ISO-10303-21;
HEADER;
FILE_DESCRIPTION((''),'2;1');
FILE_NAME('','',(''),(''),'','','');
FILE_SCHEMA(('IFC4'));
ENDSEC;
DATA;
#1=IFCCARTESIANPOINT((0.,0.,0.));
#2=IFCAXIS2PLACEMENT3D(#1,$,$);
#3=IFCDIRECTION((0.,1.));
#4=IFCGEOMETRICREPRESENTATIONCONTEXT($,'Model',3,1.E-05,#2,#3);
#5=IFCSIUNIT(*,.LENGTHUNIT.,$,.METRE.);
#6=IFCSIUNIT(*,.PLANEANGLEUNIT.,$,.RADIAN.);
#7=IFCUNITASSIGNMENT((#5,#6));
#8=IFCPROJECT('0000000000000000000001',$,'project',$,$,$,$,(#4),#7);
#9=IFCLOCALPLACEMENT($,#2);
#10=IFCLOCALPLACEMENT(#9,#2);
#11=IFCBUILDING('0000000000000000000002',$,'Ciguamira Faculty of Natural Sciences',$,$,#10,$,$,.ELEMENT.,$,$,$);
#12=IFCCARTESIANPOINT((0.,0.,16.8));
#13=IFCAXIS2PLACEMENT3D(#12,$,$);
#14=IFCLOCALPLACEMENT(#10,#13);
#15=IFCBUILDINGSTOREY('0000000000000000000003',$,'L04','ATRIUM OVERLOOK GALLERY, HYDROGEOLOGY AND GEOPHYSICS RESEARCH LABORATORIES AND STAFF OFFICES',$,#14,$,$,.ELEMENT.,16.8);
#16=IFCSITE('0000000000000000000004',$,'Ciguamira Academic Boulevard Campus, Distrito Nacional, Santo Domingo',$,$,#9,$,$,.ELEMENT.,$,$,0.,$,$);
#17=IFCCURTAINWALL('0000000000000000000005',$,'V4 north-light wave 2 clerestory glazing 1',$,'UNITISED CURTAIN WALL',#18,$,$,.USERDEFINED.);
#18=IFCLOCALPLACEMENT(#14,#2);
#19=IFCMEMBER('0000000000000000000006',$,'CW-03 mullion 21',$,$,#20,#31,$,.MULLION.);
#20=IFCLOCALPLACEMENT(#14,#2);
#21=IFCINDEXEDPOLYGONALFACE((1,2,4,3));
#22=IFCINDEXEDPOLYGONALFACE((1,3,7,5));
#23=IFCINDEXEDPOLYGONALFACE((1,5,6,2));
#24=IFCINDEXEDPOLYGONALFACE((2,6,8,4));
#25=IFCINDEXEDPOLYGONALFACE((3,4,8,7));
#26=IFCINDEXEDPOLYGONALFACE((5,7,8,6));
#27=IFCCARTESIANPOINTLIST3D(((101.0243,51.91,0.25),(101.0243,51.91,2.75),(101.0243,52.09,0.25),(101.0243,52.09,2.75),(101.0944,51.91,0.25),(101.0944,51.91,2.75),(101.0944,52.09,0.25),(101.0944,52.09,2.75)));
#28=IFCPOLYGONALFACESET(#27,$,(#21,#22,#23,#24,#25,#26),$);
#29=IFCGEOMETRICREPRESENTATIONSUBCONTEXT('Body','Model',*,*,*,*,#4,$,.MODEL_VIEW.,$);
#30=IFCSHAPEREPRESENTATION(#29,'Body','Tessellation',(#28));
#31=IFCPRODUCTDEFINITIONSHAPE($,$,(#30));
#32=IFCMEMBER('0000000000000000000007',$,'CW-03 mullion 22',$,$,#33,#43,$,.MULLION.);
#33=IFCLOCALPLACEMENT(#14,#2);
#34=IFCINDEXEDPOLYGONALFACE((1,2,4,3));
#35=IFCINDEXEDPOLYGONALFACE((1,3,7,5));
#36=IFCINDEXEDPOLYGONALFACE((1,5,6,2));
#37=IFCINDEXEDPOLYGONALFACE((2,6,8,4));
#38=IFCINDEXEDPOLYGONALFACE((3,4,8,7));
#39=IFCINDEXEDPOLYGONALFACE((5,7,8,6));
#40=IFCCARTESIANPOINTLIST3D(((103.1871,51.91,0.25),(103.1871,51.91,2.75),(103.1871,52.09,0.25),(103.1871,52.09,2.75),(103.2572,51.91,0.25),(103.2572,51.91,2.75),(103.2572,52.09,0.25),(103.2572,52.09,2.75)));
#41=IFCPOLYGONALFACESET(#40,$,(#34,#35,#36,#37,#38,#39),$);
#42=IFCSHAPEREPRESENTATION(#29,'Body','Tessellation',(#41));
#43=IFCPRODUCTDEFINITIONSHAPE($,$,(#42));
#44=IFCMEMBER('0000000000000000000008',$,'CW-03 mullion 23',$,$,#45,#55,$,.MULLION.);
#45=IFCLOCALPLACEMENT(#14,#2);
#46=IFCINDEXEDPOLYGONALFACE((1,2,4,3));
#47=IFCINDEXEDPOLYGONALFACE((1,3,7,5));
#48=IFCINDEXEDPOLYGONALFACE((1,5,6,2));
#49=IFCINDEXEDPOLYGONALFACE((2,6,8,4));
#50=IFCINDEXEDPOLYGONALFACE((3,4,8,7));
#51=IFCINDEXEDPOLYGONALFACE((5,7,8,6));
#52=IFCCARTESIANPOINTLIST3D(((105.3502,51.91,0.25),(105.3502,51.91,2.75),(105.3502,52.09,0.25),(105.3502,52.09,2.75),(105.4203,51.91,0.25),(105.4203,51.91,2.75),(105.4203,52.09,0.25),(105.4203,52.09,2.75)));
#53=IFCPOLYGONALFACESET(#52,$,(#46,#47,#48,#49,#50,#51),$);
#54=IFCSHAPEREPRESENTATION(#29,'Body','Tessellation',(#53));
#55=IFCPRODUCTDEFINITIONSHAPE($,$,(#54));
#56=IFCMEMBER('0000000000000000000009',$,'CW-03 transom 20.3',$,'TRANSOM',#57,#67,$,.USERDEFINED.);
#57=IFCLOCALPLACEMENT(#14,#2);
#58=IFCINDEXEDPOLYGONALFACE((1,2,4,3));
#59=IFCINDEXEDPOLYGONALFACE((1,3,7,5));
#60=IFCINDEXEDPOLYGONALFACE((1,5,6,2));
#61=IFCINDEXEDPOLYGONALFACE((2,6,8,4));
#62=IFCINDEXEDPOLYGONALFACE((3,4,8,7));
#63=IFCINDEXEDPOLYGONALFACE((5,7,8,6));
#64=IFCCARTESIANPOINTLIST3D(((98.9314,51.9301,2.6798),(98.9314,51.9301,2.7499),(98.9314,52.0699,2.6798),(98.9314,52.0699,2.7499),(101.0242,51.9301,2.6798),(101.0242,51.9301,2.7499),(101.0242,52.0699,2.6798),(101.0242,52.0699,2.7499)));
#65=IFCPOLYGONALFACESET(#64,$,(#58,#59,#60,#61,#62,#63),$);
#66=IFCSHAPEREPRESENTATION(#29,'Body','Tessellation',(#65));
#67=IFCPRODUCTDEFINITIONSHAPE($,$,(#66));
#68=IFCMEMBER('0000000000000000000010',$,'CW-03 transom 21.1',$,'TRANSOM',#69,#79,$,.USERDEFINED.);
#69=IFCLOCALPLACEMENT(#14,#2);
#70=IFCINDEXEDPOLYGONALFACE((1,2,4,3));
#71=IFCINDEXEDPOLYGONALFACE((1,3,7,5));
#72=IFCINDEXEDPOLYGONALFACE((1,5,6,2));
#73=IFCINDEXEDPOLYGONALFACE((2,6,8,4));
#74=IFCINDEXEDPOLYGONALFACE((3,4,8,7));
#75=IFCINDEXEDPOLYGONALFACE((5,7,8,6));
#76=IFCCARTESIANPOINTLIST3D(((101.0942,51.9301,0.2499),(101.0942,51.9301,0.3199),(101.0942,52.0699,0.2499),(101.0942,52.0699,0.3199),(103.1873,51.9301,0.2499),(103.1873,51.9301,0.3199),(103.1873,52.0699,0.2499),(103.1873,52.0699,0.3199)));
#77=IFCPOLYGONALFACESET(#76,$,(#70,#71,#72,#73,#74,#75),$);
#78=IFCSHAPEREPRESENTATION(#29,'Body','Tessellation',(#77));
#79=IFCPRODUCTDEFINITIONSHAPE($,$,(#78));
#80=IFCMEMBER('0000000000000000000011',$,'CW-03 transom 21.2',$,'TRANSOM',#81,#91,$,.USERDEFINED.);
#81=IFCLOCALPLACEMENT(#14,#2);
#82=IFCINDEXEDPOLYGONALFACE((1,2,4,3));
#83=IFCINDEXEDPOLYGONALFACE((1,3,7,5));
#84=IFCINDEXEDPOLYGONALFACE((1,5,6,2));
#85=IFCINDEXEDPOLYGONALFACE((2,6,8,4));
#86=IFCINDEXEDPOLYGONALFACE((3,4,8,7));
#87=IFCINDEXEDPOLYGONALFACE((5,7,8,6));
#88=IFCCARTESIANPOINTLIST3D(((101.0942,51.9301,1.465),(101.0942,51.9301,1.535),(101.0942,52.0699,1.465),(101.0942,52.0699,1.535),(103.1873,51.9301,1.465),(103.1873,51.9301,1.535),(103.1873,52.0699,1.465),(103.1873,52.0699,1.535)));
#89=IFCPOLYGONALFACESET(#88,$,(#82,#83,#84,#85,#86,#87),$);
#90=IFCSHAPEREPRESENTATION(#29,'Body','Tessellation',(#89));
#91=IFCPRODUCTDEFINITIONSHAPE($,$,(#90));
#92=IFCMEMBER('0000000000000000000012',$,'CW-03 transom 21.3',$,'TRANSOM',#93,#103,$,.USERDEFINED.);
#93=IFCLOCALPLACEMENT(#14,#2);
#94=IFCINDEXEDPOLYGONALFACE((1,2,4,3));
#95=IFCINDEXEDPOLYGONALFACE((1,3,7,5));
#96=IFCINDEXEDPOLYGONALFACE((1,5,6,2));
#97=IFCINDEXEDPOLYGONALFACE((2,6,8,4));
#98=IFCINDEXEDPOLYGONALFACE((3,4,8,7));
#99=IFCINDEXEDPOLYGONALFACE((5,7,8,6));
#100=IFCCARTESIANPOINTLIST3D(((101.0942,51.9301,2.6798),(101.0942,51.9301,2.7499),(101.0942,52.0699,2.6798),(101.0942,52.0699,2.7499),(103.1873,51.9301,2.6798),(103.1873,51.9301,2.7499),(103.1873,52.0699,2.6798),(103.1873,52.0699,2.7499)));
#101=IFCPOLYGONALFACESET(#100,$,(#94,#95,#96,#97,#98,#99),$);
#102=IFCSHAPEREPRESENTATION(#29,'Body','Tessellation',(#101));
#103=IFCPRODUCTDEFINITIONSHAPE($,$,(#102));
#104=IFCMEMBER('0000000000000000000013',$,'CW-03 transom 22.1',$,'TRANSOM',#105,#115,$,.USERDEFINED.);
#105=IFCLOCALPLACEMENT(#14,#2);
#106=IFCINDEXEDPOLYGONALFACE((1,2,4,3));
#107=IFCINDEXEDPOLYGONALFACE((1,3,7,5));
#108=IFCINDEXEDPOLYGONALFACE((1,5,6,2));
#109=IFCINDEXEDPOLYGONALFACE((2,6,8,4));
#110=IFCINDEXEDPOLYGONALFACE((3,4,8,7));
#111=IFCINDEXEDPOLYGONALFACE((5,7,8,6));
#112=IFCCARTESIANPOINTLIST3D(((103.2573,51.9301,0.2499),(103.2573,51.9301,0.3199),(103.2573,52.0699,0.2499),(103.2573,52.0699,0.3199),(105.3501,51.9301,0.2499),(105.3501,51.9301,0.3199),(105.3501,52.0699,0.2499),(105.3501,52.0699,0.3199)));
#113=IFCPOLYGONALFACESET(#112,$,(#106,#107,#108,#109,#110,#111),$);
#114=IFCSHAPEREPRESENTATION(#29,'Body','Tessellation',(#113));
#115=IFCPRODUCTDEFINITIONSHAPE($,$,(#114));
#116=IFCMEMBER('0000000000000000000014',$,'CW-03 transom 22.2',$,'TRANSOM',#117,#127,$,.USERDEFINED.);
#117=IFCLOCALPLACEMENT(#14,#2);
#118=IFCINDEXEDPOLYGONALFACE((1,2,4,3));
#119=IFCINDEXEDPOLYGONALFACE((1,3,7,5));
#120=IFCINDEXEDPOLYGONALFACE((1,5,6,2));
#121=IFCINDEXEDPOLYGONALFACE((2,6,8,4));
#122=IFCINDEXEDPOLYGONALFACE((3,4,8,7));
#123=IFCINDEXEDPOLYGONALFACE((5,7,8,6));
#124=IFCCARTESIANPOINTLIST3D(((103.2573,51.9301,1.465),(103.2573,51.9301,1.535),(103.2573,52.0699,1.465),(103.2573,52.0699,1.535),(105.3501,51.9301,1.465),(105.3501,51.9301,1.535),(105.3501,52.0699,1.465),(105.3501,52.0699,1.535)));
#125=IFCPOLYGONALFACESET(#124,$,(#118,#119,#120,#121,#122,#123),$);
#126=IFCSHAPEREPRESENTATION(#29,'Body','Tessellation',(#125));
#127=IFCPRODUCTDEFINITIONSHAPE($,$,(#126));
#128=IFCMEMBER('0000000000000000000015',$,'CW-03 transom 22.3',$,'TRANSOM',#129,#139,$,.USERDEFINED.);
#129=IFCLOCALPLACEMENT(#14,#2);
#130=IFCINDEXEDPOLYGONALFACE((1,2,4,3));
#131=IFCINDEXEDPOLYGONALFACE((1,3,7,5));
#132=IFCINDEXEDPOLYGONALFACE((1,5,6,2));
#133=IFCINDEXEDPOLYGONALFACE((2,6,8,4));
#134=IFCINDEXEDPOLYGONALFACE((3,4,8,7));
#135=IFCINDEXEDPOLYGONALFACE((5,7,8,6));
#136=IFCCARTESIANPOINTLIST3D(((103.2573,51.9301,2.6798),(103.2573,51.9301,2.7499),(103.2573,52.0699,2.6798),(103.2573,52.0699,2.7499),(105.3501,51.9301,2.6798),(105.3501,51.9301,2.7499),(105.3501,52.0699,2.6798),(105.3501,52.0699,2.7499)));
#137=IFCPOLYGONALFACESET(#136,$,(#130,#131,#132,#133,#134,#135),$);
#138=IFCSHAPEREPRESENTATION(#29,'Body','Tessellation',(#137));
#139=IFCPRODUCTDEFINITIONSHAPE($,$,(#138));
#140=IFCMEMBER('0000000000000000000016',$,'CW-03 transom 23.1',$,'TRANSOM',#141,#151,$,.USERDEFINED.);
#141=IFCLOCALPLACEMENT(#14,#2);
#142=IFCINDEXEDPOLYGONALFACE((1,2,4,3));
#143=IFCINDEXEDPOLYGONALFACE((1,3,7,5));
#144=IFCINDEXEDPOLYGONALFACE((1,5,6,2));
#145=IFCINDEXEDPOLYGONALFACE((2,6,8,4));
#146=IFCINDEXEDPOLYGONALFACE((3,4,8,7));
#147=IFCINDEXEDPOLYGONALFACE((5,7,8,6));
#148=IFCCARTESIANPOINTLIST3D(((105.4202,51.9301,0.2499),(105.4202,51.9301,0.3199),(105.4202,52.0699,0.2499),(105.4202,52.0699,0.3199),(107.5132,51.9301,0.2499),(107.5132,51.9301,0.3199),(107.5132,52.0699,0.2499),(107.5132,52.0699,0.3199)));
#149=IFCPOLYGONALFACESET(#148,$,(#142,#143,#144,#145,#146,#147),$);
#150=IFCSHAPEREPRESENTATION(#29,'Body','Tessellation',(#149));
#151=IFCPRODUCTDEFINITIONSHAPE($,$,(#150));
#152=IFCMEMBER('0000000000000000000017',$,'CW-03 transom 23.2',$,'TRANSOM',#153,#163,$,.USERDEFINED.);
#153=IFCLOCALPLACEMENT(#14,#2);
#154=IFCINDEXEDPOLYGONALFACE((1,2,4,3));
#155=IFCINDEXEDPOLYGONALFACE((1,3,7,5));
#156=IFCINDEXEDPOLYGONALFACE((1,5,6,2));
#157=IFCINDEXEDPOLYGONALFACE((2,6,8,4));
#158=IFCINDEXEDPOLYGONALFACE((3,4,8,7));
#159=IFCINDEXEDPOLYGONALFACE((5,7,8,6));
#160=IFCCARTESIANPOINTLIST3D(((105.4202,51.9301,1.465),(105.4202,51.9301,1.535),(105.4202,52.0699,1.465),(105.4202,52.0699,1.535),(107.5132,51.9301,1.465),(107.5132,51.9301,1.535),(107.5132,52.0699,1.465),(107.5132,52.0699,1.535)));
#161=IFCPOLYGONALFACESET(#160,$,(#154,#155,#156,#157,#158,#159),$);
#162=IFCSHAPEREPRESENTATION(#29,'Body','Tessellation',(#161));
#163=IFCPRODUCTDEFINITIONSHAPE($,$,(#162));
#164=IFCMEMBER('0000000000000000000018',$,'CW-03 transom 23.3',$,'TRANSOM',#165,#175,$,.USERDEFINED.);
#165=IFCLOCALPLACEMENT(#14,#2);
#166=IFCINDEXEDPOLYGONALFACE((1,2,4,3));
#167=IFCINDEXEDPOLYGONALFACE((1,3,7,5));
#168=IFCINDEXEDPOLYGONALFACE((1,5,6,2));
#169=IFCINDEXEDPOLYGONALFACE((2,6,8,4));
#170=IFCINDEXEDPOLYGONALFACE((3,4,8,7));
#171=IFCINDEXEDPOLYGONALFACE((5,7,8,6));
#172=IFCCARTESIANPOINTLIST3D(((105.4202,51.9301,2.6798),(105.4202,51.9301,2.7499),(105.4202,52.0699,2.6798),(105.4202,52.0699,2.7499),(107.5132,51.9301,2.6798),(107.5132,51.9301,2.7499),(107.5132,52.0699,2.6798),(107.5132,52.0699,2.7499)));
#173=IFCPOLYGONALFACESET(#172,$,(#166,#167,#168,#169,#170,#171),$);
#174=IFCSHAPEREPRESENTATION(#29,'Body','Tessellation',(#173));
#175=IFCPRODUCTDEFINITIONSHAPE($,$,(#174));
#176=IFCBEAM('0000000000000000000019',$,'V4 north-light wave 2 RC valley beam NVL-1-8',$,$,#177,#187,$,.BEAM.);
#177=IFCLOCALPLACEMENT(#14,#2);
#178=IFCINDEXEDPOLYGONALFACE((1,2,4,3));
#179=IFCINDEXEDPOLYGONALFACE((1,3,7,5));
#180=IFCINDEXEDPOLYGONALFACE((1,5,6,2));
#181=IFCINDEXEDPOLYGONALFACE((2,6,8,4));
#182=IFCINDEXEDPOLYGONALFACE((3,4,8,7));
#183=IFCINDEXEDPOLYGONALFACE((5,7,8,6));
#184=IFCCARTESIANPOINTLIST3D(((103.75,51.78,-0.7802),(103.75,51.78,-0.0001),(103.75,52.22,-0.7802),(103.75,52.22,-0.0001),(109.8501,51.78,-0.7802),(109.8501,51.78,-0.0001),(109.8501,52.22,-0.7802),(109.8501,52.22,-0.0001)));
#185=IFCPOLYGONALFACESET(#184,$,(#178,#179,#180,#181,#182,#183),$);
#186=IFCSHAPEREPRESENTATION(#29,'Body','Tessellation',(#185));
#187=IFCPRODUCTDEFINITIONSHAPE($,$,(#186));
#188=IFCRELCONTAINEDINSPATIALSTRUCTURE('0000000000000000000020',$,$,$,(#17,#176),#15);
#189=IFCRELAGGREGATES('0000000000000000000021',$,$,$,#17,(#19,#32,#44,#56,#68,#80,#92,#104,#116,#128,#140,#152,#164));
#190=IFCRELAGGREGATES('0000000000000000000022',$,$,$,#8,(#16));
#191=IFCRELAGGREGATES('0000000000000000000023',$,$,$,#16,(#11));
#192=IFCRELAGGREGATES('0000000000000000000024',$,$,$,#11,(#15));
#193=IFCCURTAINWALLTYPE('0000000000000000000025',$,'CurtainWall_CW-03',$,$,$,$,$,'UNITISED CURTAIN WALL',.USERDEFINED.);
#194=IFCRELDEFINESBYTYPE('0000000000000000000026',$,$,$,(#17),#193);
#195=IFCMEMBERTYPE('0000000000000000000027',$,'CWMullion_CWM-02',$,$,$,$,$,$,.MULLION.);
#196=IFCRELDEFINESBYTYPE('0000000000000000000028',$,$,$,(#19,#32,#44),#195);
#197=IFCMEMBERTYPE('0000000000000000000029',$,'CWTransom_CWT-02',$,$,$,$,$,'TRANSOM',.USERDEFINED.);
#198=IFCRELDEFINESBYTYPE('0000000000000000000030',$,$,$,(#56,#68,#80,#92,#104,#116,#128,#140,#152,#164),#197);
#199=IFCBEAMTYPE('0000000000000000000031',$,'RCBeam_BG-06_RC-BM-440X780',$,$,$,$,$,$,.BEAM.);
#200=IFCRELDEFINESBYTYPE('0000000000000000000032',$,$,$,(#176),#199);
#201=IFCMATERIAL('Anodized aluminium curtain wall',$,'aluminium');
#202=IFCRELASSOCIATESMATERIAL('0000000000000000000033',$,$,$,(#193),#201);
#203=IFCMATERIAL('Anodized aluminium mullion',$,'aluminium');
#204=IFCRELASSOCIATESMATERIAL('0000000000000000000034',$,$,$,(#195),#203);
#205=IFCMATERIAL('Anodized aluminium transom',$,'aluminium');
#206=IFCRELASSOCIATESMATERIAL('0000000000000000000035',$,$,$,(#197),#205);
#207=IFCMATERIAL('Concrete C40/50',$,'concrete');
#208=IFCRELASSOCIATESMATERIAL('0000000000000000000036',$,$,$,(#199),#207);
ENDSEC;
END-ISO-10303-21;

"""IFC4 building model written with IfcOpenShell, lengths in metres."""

from ifc_helpers import new_model, si_unit, direction, frame, origin, origin_2d, place, context, subcontext, project, spatial, rectangle, extrude, material, material_profile, profile_set, type_object, element, aggregate, save


model = new_model("IFC4")

# Units and contexts
model_context = context("Model", 3, precision=1e-05, world=origin(), true_north=direction((0.0, 1.0)))
body_context = subcontext(model_context, "Body", "Model", "MODEL_VIEW")
ifc_project = project(units=[si_unit("LENGTHUNIT", "METRE"), si_unit("PLANEANGLEUNIT", "RADIAN")], contexts=[model_context])

# Site, building, storey
site_placement = place(None, origin())
site = spatial("IfcSite", under=ifc_project, at=site_placement, Name="Ciguamira Academic Boulevard Campus, Distrito Nacional, Santo Domingo", CompositionType="ELEMENT", RefElevation=0.0)
building_placement = place(site_placement, origin())
building = spatial("IfcBuilding", under=site, at=building_placement, Name="Ciguamira Faculty of Natural Sciences", CompositionType="ELEMENT")
storey_placement = place(building_placement, frame((0.0, 0.0, 16.8)))
storey = spatial("IfcBuildingStorey", under=building, at=storey_placement, Name="L04", Description="ATRIUM OVERLOOK GALLERY, HYDROGEOLOGY AND GEOPHYSICS RESEARCH LABORATORIES AND STAFF OFFICES", CompositionType="ELEMENT", Elevation=16.8)

# Curtain wall, members
ifc_material_1 = material(Name="Anodized aluminium curtain wall", Category="aluminium")
curtain_wall_type = type_object("IfcCurtainWallType", Name="CurtainWall_CW-03", ElementType="UNITISED CURTAIN WALL", PredefinedType="USERDEFINED", material=ifc_material_1)
curtain_wall_placement = place(storey_placement, origin())
curtain_wall = element("IfcCurtainWall", 1, at=curtain_wall_placement, inside=storey, type_object=curtain_wall_type, Name="V4 north-light wave 2 clerestory glazing 1", ObjectType="UNITISED CURTAIN WALL", PredefinedType="USERDEFINED")
ifc_material_2 = material(Name="Anodized aluminium mullion", Category="aluminium")
ifc_material_profile_1 = material_profile(ifc_material_2, rectangle(XDim=0.0701, YDim=0.1799, at=origin_2d()), Name="ALU-MUL-70X180")
ifc_profile_set_1 = profile_set([ifc_material_profile_1], Name="Anodized aluminium mullion")
member_type_1 = type_object("IfcMemberType", Name="CWMullion_CWM-02", PredefinedType="MULLION", material=ifc_profile_set_1)
member_1_placement = place(storey_placement, frame((101.0593, 52.0, 0.25), z_axis=(0.0, 0.0, 1.0), x_axis=(1.0, 0.0, 0.0)))
member_1 = element("IfcMember", 2, at=member_1_placement, type_object=member_type_1, Name="CW-03 mullion 21", PredefinedType="MULLION", context=body_context, shape_type="SweptSolid", body=[
    extrude(rectangle(XDim=0.0701, YDim=0.1799, at=origin_2d()), origin(), (0.0, 0.0, 1.0), 2.5),
])
member_2_placement = place(storey_placement, frame((103.2222, 52.0, 0.25), z_axis=(0.0, 0.0, 1.0), x_axis=(1.0, 0.0, 0.0)))
member_2 = element("IfcMember", 3, at=member_2_placement, type_object=member_type_1, Name="CW-03 mullion 22", PredefinedType="MULLION", context=body_context, shape_type="SweptSolid", body=[
    extrude(rectangle(XDim=0.0701, YDim=0.1799, at=origin_2d()), origin(), (0.0, 0.0, 1.0), 2.5),
])
member_3_placement = place(storey_placement, frame((105.3853, 52.0, 0.25), z_axis=(0.0, 0.0, 1.0), x_axis=(1.0, 0.0, 0.0)))
member_3 = element("IfcMember", 4, at=member_3_placement, type_object=member_type_1, Name="CW-03 mullion 23", PredefinedType="MULLION", context=body_context, shape_type="SweptSolid", body=[
    extrude(rectangle(XDim=0.0701, YDim=0.1799, at=origin_2d()), origin(), (0.0, 0.0, 1.0), 2.5),
])
ifc_material_3 = material(Name="Anodized aluminium transom", Category="aluminium")
ifc_material_profile_2 = material_profile(ifc_material_3, rectangle(XDim=0.0701, YDim=0.1399, at=origin_2d()), Name="ALU-TRN-70X140")
ifc_profile_set_2 = profile_set([ifc_material_profile_2], Name="Anodized aluminium transom")
member_type_2 = type_object("IfcMemberType", Name="CWTransom_CWT-02", ElementType="TRANSOM", PredefinedType="USERDEFINED", material=ifc_profile_set_2)
member_4_placement = place(storey_placement, frame((98.9314, 52.0, 2.7148), z_axis=(1.0, 0.0, 0.0), x_axis=(0.0, 0.0, 1.0)))
member_4 = element("IfcMember", 5, at=member_4_placement, type_object=member_type_2, Name="CW-03 transom 20.3", ObjectType="TRANSOM", PredefinedType="USERDEFINED", context=body_context, shape_type="SweptSolid", body=[
    extrude(rectangle(XDim=0.0701, YDim=0.1399, at=origin_2d()), origin(), (0.0, 0.0, 1.0), 2.0928),
])
member_5_placement = place(storey_placement, frame((101.0942, 52.0, 0.2849), z_axis=(1.0, 0.0, 0.0), x_axis=(0.0, 0.0, 1.0)))
member_5 = element("IfcMember", 6, at=member_5_placement, type_object=member_type_2, Name="CW-03 transom 21.1", ObjectType="TRANSOM", PredefinedType="USERDEFINED", context=body_context, shape_type="SweptSolid", body=[
    extrude(rectangle(XDim=0.0701, YDim=0.1399, at=origin_2d()), origin(), (0.0, 0.0, 1.0), 2.093),
])
member_6_placement = place(storey_placement, frame((101.0942, 52.0, 1.5), z_axis=(1.0, 0.0, 0.0), x_axis=(0.0, 0.0, 1.0)))
member_6 = element("IfcMember", 7, at=member_6_placement, type_object=member_type_2, Name="CW-03 transom 21.2", ObjectType="TRANSOM", PredefinedType="USERDEFINED", context=body_context, shape_type="SweptSolid", body=[
    extrude(rectangle(XDim=0.0701, YDim=0.1399, at=origin_2d()), origin(), (0.0, 0.0, 1.0), 2.093),
])
member_7_placement = place(storey_placement, frame((101.0942, 52.0, 2.7148), z_axis=(1.0, 0.0, 0.0), x_axis=(0.0, 0.0, 1.0)))
member_7 = element("IfcMember", 8, at=member_7_placement, type_object=member_type_2, Name="CW-03 transom 21.3", ObjectType="TRANSOM", PredefinedType="USERDEFINED", context=body_context, shape_type="SweptSolid", body=[
    extrude(rectangle(XDim=0.0701, YDim=0.1399, at=origin_2d()), origin(), (0.0, 0.0, 1.0), 2.093),
])
member_8_placement = place(storey_placement, frame((103.2573, 52.0, 0.2849), z_axis=(1.0, 0.0, 0.0), x_axis=(0.0, 0.0, 1.0)))
member_8 = element("IfcMember", 9, at=member_8_placement, type_object=member_type_2, Name="CW-03 transom 22.1", ObjectType="TRANSOM", PredefinedType="USERDEFINED", context=body_context, shape_type="SweptSolid", body=[
    extrude(rectangle(XDim=0.0701, YDim=0.1399, at=origin_2d()), origin(), (0.0, 0.0, 1.0), 2.0928),
])
member_9_placement = place(storey_placement, frame((103.2573, 52.0, 1.5), z_axis=(1.0, 0.0, 0.0), x_axis=(0.0, 0.0, 1.0)))
member_9 = element("IfcMember", 10, at=member_9_placement, type_object=member_type_2, Name="CW-03 transom 22.2", ObjectType="TRANSOM", PredefinedType="USERDEFINED", context=body_context, shape_type="SweptSolid", body=[
    extrude(rectangle(XDim=0.0701, YDim=0.1399, at=origin_2d()), origin(), (0.0, 0.0, 1.0), 2.0928),
])
member_10_placement = place(storey_placement, frame((103.2573, 52.0, 2.7148), z_axis=(1.0, 0.0, 0.0), x_axis=(0.0, 0.0, 1.0)))
member_10 = element("IfcMember", 11, at=member_10_placement, type_object=member_type_2, Name="CW-03 transom 22.3", ObjectType="TRANSOM", PredefinedType="USERDEFINED", context=body_context, shape_type="SweptSolid", body=[
    extrude(rectangle(XDim=0.0701, YDim=0.1399, at=origin_2d()), origin(), (0.0, 0.0, 1.0), 2.0928),
])
member_11_placement = place(storey_placement, frame((105.4202, 52.0, 0.2849), z_axis=(1.0, 0.0, 0.0), x_axis=(0.0, 0.0, 1.0)))
member_11 = element("IfcMember", 12, at=member_11_placement, type_object=member_type_2, Name="CW-03 transom 23.1", ObjectType="TRANSOM", PredefinedType="USERDEFINED", context=body_context, shape_type="SweptSolid", body=[
    extrude(rectangle(XDim=0.0701, YDim=0.1399, at=origin_2d()), origin(), (0.0, 0.0, 1.0), 2.093),
])
member_12_placement = place(storey_placement, frame((105.4202, 52.0, 1.5), z_axis=(1.0, 0.0, 0.0), x_axis=(0.0, 0.0, 1.0)))
member_12 = element("IfcMember", 13, at=member_12_placement, type_object=member_type_2, Name="CW-03 transom 23.2", ObjectType="TRANSOM", PredefinedType="USERDEFINED", context=body_context, shape_type="SweptSolid", body=[
    extrude(rectangle(XDim=0.0701, YDim=0.1399, at=origin_2d()), origin(), (0.0, 0.0, 1.0), 2.093),
])
member_13_placement = place(storey_placement, frame((105.4202, 52.0, 2.7148), z_axis=(1.0, 0.0, 0.0), x_axis=(0.0, 0.0, 1.0)))
member_13 = element("IfcMember", 14, at=member_13_placement, type_object=member_type_2, Name="CW-03 transom 23.3", ObjectType="TRANSOM", PredefinedType="USERDEFINED", context=body_context, shape_type="SweptSolid", body=[
    extrude(rectangle(XDim=0.0701, YDim=0.1399, at=origin_2d()), origin(), (0.0, 0.0, 1.0), 2.093),
])

# Beam
ifc_material_4 = material(Name="Concrete C40/50", Category="concrete")
ifc_material_profile_3 = material_profile(ifc_material_4, rectangle(XDim=0.4399, YDim=0.78, at=origin_2d()), Name="RC-BM-440X780")
ifc_profile_set_3 = profile_set([ifc_material_profile_3], Name="Concrete C40/50")
beam_type = type_object("IfcBeamType", Name="RCBeam_BG-06_RC-BM-440X780", PredefinedType="BEAM", material=ifc_profile_set_3)
beam_placement = place(storey_placement, frame((103.75, 52.0, -0.3901), z_axis=(1.0, 0.0, 0.0), x_axis=(0.0, 1.0, 0.0)))
element("IfcBeam", 15, at=beam_placement, inside=storey, type_object=beam_type, Name="V4 north-light wave 2 RC valley beam NVL-1-8", PredefinedType="BEAM", context=body_context, shape_type="SweptSolid", body=[
    extrude(rectangle(XDim=0.4399, YDim=0.78, at=origin_2d()), origin(), (0.0, 0.0, 1.0), 6.1001),
])

aggregate(curtain_wall, [member_1, member_2, member_3, member_4, member_5, member_6, member_7, member_8, member_9, member_10, member_11, member_12, member_13])

save(model, "model.ifc")
